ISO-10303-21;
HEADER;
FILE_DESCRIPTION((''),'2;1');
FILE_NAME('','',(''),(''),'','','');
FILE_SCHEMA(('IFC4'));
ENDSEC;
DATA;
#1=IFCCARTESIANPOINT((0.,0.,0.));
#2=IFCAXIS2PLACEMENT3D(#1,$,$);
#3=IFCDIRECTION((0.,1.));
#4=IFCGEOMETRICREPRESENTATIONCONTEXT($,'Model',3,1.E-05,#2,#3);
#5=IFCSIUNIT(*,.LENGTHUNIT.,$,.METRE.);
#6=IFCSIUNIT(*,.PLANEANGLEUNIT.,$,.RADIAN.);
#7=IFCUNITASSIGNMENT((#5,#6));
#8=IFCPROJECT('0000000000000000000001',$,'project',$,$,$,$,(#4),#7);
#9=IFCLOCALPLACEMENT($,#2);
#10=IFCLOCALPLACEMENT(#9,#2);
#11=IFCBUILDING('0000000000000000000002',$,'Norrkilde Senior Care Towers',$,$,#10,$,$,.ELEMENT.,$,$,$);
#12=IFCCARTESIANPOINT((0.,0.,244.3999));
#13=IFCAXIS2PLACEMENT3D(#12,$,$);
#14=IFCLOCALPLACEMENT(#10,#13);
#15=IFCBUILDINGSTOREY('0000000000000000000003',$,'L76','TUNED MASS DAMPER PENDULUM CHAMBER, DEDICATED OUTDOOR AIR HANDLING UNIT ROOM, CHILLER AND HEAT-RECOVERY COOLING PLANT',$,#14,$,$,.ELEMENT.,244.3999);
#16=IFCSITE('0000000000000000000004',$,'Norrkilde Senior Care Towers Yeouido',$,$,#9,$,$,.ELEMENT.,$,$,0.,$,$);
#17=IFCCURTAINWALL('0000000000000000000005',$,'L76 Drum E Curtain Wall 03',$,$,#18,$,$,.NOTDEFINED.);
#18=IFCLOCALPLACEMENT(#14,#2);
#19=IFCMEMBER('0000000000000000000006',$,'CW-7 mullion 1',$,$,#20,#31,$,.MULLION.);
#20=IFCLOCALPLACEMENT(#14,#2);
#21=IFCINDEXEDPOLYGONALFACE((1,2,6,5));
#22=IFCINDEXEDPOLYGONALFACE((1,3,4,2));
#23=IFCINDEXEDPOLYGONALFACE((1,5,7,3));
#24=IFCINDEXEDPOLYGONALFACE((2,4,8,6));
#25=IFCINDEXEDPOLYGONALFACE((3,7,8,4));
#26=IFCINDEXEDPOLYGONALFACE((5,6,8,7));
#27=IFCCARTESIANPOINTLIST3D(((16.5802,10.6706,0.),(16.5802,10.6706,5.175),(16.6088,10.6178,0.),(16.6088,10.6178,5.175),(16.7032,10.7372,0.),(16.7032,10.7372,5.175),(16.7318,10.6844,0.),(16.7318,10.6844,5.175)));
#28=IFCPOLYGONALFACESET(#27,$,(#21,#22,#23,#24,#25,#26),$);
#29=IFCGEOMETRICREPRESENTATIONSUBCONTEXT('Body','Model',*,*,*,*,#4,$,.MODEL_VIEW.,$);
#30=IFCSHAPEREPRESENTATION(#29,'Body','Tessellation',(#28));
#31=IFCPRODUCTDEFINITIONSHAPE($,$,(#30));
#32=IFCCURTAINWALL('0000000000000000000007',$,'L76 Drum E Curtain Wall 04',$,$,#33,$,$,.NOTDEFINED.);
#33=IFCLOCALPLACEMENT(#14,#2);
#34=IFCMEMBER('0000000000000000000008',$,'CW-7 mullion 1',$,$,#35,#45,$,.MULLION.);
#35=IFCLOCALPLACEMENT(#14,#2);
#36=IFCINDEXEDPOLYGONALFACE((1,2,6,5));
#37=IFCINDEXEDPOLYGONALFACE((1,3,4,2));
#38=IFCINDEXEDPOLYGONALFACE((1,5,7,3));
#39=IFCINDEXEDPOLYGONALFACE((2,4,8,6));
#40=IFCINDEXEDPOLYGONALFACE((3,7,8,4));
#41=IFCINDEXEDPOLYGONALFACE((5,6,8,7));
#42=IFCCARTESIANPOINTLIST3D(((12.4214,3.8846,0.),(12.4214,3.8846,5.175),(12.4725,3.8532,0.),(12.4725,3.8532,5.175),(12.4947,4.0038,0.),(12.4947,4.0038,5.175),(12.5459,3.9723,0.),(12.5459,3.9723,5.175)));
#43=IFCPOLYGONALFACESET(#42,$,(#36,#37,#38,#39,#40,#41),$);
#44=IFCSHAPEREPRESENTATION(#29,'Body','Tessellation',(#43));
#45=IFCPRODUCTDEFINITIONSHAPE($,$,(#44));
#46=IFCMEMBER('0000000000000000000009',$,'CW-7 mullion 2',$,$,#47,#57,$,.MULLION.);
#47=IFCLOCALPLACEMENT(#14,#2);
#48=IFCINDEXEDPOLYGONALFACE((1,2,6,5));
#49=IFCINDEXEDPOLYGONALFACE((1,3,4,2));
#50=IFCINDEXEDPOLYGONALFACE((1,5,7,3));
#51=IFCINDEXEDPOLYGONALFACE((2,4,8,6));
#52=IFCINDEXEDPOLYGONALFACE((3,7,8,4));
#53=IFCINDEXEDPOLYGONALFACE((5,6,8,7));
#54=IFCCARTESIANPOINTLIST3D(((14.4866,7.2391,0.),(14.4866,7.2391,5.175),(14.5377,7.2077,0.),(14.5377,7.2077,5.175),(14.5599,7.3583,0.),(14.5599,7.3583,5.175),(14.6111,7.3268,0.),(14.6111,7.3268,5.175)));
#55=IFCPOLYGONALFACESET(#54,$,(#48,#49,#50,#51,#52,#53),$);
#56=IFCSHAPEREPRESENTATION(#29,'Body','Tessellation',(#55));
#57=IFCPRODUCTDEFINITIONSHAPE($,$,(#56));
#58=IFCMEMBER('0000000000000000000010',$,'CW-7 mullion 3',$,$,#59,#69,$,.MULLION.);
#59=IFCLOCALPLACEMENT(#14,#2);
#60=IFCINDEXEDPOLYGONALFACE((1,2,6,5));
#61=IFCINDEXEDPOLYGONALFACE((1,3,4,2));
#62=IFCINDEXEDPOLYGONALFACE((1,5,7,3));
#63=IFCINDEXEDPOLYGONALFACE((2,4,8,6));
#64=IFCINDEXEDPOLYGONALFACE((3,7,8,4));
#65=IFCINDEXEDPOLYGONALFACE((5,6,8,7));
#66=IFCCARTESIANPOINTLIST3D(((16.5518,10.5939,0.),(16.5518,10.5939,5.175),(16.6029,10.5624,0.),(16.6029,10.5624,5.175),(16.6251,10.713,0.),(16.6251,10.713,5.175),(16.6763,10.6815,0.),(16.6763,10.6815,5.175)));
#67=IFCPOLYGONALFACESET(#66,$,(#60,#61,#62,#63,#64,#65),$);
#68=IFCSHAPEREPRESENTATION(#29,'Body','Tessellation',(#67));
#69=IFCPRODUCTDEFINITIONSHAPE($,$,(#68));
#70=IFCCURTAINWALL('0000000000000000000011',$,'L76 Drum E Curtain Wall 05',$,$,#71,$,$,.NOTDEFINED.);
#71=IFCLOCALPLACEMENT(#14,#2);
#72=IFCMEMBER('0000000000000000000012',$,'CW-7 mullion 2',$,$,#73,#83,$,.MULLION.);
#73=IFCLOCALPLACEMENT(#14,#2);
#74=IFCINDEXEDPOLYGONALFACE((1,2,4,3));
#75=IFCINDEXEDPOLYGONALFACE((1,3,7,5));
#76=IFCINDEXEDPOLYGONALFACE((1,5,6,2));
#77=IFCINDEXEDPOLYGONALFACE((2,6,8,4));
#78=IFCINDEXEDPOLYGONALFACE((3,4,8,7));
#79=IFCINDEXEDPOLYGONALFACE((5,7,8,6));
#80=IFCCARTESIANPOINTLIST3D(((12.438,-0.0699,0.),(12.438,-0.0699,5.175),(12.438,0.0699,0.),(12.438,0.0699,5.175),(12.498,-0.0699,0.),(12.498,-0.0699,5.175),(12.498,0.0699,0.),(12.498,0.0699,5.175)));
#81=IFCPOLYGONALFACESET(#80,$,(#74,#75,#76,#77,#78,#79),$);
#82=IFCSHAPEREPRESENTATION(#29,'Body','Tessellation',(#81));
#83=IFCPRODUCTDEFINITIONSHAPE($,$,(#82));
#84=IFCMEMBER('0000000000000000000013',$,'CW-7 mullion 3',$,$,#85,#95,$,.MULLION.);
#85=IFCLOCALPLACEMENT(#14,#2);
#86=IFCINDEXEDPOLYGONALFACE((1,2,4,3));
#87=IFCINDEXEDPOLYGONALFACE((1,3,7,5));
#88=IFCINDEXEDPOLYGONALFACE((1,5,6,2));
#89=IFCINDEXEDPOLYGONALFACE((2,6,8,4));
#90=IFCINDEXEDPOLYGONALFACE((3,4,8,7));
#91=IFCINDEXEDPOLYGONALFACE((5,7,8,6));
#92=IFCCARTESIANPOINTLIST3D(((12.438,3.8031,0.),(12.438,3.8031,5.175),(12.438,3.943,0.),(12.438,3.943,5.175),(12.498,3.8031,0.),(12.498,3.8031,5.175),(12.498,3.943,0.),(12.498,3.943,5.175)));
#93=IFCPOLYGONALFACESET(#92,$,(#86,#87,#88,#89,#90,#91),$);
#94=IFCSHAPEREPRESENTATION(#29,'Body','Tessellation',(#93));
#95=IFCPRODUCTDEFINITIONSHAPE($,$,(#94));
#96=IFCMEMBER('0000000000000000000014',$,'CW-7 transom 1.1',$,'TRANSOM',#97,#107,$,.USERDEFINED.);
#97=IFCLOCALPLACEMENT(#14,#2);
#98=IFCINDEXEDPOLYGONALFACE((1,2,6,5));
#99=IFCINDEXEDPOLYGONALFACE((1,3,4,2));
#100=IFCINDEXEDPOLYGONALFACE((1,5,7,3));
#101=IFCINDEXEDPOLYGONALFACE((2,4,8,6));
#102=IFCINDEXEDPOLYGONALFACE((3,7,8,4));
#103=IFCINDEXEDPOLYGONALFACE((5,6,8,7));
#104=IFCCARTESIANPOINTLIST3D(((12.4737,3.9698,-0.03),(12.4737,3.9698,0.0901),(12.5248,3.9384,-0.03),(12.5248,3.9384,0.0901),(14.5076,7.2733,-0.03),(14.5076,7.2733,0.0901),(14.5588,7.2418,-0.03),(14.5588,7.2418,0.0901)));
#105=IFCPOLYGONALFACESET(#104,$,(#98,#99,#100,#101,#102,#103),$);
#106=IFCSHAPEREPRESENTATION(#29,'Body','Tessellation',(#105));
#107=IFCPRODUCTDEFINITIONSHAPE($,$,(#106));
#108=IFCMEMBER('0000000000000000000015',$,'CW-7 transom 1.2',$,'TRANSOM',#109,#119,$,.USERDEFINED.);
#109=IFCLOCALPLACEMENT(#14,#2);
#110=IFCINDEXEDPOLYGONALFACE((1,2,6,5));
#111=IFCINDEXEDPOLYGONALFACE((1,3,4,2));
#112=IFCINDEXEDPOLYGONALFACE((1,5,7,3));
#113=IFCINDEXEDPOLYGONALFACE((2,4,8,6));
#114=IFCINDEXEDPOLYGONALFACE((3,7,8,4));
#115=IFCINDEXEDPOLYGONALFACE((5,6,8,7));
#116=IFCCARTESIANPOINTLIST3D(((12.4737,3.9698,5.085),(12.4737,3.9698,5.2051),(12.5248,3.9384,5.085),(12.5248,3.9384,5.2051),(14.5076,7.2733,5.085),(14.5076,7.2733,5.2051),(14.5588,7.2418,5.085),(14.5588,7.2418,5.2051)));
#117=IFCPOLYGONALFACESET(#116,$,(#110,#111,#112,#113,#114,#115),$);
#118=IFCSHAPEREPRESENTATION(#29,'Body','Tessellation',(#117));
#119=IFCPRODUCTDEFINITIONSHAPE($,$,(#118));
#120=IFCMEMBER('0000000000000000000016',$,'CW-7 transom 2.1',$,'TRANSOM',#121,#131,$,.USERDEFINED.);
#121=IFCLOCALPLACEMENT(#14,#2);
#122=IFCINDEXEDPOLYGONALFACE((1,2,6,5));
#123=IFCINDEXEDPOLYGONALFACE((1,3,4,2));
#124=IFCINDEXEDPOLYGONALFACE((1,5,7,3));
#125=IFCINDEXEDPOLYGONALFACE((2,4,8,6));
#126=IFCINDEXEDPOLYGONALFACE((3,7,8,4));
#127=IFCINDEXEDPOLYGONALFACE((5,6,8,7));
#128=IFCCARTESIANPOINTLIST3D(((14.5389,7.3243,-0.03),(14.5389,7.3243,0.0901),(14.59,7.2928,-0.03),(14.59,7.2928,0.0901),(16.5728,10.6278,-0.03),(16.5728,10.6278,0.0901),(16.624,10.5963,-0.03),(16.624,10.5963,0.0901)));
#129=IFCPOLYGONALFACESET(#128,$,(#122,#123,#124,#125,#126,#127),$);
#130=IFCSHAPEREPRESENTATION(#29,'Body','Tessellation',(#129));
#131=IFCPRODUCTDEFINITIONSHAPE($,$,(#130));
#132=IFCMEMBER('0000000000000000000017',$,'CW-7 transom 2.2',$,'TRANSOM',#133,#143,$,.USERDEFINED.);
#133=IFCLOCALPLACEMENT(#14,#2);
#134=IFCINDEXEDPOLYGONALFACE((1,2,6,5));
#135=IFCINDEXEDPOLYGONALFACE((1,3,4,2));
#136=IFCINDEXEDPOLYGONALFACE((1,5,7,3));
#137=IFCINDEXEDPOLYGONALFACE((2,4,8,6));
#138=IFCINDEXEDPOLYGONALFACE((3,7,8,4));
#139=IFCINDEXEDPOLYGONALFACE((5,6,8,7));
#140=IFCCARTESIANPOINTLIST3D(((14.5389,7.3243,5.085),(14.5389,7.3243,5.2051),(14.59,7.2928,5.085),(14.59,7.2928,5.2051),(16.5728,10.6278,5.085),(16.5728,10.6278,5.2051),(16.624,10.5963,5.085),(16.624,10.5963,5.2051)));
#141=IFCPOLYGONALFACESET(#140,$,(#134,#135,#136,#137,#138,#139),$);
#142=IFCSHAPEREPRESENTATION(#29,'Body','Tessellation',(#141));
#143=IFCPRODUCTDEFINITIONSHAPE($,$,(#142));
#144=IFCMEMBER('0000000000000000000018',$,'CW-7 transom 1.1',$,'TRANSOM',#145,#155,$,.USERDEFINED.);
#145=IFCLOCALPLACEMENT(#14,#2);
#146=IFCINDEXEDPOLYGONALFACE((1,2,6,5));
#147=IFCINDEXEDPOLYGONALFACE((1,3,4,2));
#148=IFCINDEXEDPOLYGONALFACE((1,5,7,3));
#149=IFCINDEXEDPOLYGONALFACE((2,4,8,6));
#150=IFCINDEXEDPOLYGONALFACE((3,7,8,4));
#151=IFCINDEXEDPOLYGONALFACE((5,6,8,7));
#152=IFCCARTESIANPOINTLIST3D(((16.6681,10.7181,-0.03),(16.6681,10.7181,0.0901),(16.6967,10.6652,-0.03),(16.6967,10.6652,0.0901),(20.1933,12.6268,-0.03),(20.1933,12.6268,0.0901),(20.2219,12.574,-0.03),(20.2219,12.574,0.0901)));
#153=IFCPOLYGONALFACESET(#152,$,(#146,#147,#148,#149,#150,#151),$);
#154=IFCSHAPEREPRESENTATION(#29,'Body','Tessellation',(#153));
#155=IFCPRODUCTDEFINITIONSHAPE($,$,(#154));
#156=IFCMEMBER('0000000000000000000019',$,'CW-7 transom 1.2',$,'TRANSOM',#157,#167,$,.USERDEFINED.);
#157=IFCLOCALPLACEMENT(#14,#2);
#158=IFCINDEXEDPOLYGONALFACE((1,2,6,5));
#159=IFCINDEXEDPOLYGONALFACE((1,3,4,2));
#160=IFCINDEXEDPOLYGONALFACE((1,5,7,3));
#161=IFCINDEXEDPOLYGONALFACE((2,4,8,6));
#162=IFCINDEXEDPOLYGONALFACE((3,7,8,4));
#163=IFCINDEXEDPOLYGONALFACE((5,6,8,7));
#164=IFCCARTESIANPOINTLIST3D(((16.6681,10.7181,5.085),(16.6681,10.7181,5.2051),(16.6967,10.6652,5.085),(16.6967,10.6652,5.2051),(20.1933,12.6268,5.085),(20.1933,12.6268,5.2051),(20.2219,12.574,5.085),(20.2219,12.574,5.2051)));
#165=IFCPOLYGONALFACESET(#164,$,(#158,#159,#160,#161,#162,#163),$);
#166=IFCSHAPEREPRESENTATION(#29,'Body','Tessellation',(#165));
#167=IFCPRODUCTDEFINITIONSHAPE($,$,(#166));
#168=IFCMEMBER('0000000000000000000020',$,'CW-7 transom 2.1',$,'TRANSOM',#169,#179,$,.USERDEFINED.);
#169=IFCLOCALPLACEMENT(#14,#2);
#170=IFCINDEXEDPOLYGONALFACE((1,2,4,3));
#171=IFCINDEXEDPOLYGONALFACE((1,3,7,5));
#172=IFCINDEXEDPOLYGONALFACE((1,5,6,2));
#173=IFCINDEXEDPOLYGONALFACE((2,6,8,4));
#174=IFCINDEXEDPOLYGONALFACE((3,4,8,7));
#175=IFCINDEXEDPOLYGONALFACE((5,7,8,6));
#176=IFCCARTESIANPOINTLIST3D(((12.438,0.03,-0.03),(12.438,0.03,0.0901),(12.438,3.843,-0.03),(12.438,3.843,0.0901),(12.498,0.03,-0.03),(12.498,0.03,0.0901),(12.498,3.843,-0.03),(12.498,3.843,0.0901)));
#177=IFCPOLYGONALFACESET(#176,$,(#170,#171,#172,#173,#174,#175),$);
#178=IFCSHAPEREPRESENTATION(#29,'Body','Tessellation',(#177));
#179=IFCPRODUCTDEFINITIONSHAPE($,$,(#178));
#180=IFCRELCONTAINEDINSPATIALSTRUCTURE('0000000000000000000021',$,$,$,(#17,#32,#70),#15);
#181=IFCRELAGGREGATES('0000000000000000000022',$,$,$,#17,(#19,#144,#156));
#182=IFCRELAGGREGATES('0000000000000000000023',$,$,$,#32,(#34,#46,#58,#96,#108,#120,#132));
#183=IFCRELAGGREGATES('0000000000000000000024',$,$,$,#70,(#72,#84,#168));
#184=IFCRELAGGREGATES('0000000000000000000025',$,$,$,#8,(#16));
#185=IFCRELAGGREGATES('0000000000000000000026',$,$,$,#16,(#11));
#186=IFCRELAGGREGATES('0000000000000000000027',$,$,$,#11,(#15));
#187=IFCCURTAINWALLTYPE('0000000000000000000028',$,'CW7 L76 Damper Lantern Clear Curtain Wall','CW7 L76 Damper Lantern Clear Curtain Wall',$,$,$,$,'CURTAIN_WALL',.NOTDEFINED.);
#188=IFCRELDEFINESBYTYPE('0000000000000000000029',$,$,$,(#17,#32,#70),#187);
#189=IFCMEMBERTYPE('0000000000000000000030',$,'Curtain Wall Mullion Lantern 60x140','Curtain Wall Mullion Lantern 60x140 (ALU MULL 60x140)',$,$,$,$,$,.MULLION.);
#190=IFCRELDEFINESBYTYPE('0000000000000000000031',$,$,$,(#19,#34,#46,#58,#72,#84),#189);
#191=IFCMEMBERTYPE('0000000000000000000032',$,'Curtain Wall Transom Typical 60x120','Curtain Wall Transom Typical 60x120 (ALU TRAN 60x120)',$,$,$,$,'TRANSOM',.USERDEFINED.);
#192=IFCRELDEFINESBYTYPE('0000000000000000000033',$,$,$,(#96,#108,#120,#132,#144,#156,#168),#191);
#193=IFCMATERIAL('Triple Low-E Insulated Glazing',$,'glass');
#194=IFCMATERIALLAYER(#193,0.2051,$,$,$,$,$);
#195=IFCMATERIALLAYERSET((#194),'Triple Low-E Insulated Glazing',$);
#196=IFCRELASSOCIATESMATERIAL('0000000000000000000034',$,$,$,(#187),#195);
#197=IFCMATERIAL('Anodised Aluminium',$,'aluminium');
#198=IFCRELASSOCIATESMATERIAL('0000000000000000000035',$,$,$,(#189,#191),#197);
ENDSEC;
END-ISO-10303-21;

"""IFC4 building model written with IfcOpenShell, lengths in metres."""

from ifc_helpers import new_model, si_unit, direction, frame, origin, origin_2d, place, context, subcontext, project, spatial, rectangle, extrude, source, transform, mapped, material, layer, layer_set, material_profile, profile_set, type_object, type_shapes, element, aggregate, save


model = new_model("IFC4")

# Units and contexts
model_context = context("Model", 3, precision=1e-05, world=origin(), true_north=direction((0.0, 1.0)))
body_context = subcontext(model_context, "Body", "Model", "MODEL_VIEW")
ifc_project = project(units=[si_unit("LENGTHUNIT", "METRE"), si_unit("PLANEANGLEUNIT", "RADIAN")], contexts=[model_context])

# Site, building, storey
site_placement = place(None, origin())
site = spatial("IfcSite", under=ifc_project, at=site_placement, Name="Norrkilde Senior Care Towers Yeouido", CompositionType="ELEMENT", RefElevation=0.0)
building_placement = place(site_placement, origin())
building = spatial("IfcBuilding", under=site, at=building_placement, Name="Norrkilde Senior Care Towers", CompositionType="ELEMENT")
storey_placement = place(building_placement, frame((0.0, 0.0, 244.3999)))
storey = spatial("IfcBuildingStorey", under=building, at=storey_placement, Name="L76", Description="TUNED MASS DAMPER PENDULUM CHAMBER, DEDICATED OUTDOOR AIR HANDLING UNIT ROOM, CHILLER AND HEAT-RECOVERY COOLING PLANT", CompositionType="ELEMENT", Elevation=244.3999)

# Curtain wall, member
ifc_material_1 = material(Name="Triple Low-E Insulated Glazing", Category="glass")
ifc_layer_1 = layer(ifc_material_1, 0.2051)
ifc_layer_set_1 = layer_set([ifc_layer_1], Name="Triple Low-E Insulated Glazing")
curtain_wall_type = type_object("IfcCurtainWallType", Name="CW7 L76 Damper Lantern Clear Curtain Wall", Description="CW7 L76 Damper Lantern Clear Curtain Wall", ElementType="CURTAIN_WALL", PredefinedType="NOTDEFINED", material=ifc_layer_set_1)
curtain_wall_1_placement = place(storey_placement, origin())
curtain_wall_1 = element("IfcCurtainWall", 1, at=curtain_wall_1_placement, inside=storey, type_object=curtain_wall_type, Name="L76 Drum E Curtain Wall 03", PredefinedType="NOTDEFINED")
ifc_material_2 = material(Name="Anodised Aluminium", Category="aluminium")
ifc_material_profile_1 = material_profile(ifc_material_2, rectangle(XDim=0.0601, YDim=0.1399, at=origin_2d()), Name="ALU MULL 60x140")
ifc_profile_set_1 = profile_set([ifc_material_profile_1], Name="Anodised Aluminium")
member_type_1 = type_object("IfcMemberType", Name="Curtain Wall Mullion Lantern 60x140", Description="Curtain Wall Mullion Lantern 60x140 (ALU MULL 60x140)", PredefinedType="MULLION", material=ifc_profile_set_1)
shared_shape_1 = source(origin(), body_context, "Body", "SweptSolid", [
    extrude(rectangle(XDim=0.0601, YDim=0.1399, at=origin_2d()), origin(), (0.0, 0.0, 1.0), 5.175),
])
type_shapes(member_type_1, [shared_shape_1])
member_1_placement = place(storey_placement, frame((16.656, 10.6775, 0.0), z_axis=(0.0, 0.0, 1.0), x_axis=(-0.476133, 0.879373, 0.0)))
member_1 = element("IfcMember", 2, at=member_1_placement, type_object=member_type_1, Name="CW-7 mullion 1", PredefinedType="MULLION", context=body_context, shape_type="MappedRepresentation", body=[
    mapped(shared_shape_1, transform((0.0, 0.0, 0.0), x_axis=(1.0, 0.0, 0.0), y_axis=(0.0, 1.0, 0.0), z_axis=(0.0, 0.0, 1.0), scale=1.0)),
])

# Curtain walls, members
curtain_wall_2_placement = place(storey_placement, origin())
curtain_wall_2 = element("IfcCurtainWall", 3, at=curtain_wall_2_placement, inside=storey, type_object=curtain_wall_type, Name="L76 Drum E Curtain Wall 04", PredefinedType="NOTDEFINED")
member_2_placement = place(storey_placement, frame((12.4836, 3.9285, 0.0), z_axis=(0.0, 0.0, 1.0), x_axis=(-0.851563, 0.524253, 0.0)))
member_2 = element("IfcMember", 4, at=member_2_placement, type_object=member_type_1, Name="CW-7 mullion 1", PredefinedType="MULLION", context=body_context, shape_type="MappedRepresentation", body=[
    mapped(shared_shape_1, transform((0.0, 0.0, 0.0), x_axis=(1.0, 0.0, 0.0), y_axis=(0.0, 1.0, 0.0), z_axis=(0.0, 0.0, 1.0), scale=1.0)),
])
member_3_placement = place(storey_placement, frame((14.5488, 7.283, 0.0), z_axis=(0.0, 0.0, 1.0), x_axis=(-0.851563, 0.524253, 0.0)))
member_3 = element("IfcMember", 5, at=member_3_placement, type_object=member_type_1, Name="CW-7 mullion 2", PredefinedType="MULLION", context=body_context, shape_type="MappedRepresentation", body=[
    mapped(shared_shape_1, transform((0.0, 0.0, 0.0), x_axis=(1.0, 0.0, 0.0), y_axis=(0.0, 1.0, 0.0), z_axis=(0.0, 0.0, 1.0), scale=1.0)),
])
member_4_placement = place(storey_placement, frame((16.614, 10.6377, 0.0), z_axis=(0.0, 0.0, 1.0), x_axis=(-0.851563, 0.524253, 0.0)))
member_4 = element("IfcMember", 6, at=member_4_placement, type_object=member_type_1, Name="CW-7 mullion 3", PredefinedType="MULLION", context=body_context, shape_type="MappedRepresentation", body=[
    mapped(shared_shape_1, transform((0.0, 0.0, 0.0), x_axis=(1.0, 0.0, 0.0), y_axis=(0.0, 1.0, 0.0), z_axis=(0.0, 0.0, 1.0), scale=1.0)),
])
curtain_wall_3_placement = place(storey_placement, origin())
curtain_wall_3 = element("IfcCurtainWall", 7, at=curtain_wall_3_placement, inside=storey, type_object=curtain_wall_type, Name="L76 Drum E Curtain Wall 05", PredefinedType="NOTDEFINED")
member_5_placement = place(storey_placement, frame((12.468, 0.0, 0.0), z_axis=(0.0, 0.0, 1.0), x_axis=(-1.0, 0.0, 0.0)))
member_5 = element("IfcMember", 8, at=member_5_placement, type_object=member_type_1, Name="CW-7 mullion 2", PredefinedType="MULLION", context=body_context, shape_type="MappedRepresentation", body=[
    mapped(shared_shape_1, transform((0.0, 0.0, 0.0), x_axis=(1.0, 0.0, 0.0), y_axis=(0.0, 1.0, 0.0), z_axis=(0.0, 0.0, 1.0), scale=1.0)),
])
member_6_placement = place(storey_placement, frame((12.468, 3.873, 0.0), z_axis=(0.0, 0.0, 1.0), x_axis=(-1.0, 0.0, 0.0)))
member_6 = element("IfcMember", 9, at=member_6_placement, type_object=member_type_1, Name="CW-7 mullion 3", PredefinedType="MULLION", context=body_context, shape_type="MappedRepresentation", body=[
    mapped(shared_shape_1, transform((0.0, 0.0, 0.0), x_axis=(1.0, 0.0, 0.0), y_axis=(0.0, 1.0, 0.0), z_axis=(0.0, 0.0, 1.0), scale=1.0)),
])

# Members
ifc_material_profile_2 = material_profile(ifc_material_2, rectangle(XDim=0.0601, YDim=0.1201, at=origin_2d()), Name="ALU TRAN 60x120")
ifc_profile_set_2 = profile_set([ifc_material_profile_2], Name="Anodised Aluminium")
member_type_2 = type_object("IfcMemberType", Name="Curtain Wall Transom Typical 60x120", Description="Curtain Wall Transom Typical 60x120 (ALU TRAN 60x120)", ElementType="TRANSOM", PredefinedType="USERDEFINED", material=ifc_profile_set_2)
shared_shape_2 = source(origin(), body_context, "Body", "SweptSolid", [
    extrude(rectangle(XDim=0.0601, YDim=0.1201, at=origin_2d()), origin(), (0.0, 0.0, 1.0), 3.8794),
])
member_7_placement = place(storey_placement, frame((12.4993, 3.9541, 0.03), z_axis=(0.524291, 0.851539, 0.0), x_axis=(-0.851539, 0.524291, 0.0)))
member_7 = element("IfcMember", 10, at=member_7_placement, type_object=member_type_2, Name="CW-7 transom 1.1", ObjectType="TRANSOM", PredefinedType="USERDEFINED", context=body_context, shape_type="MappedRepresentation", body=[
    mapped(shared_shape_2, transform((0.0, 0.0, 0.0), x_axis=(1.0, 0.0, 0.0), y_axis=(0.0, 1.0, 0.0), z_axis=(0.0, 0.0, 1.0), scale=1.0)),
])
member_8_placement = place(storey_placement, frame((12.4993, 3.9541, 5.145), z_axis=(0.524291, 0.851539, 0.0), x_axis=(-0.851539, 0.524291, 0.0)))
member_8 = element("IfcMember", 11, at=member_8_placement, type_object=member_type_2, Name="CW-7 transom 1.2", ObjectType="TRANSOM", PredefinedType="USERDEFINED", context=body_context, shape_type="MappedRepresentation", body=[
    mapped(shared_shape_2, transform((0.0, 0.0, 0.0), x_axis=(1.0, 0.0, 0.0), y_axis=(0.0, 1.0, 0.0), z_axis=(0.0, 0.0, 1.0), scale=1.0)),
])
member_9_placement = place(storey_placement, frame((14.5645, 7.3086, 0.03), z_axis=(0.524291, 0.851539, 0.0), x_axis=(-0.851539, 0.524291, 0.0)))
member_9 = element("IfcMember", 12, at=member_9_placement, type_object=member_type_2, Name="CW-7 transom 2.1", ObjectType="TRANSOM", PredefinedType="USERDEFINED", context=body_context, shape_type="MappedRepresentation", body=[
    mapped(shared_shape_2, transform((0.0, 0.0, 0.0), x_axis=(1.0, 0.0, 0.0), y_axis=(0.0, 1.0, 0.0), z_axis=(0.0, 0.0, 1.0), scale=1.0)),
])
member_10_placement = place(storey_placement, frame((14.5645, 7.3086, 5.145), z_axis=(0.524291, 0.851539, 0.0), x_axis=(-0.851539, 0.524291, 0.0)))
member_10 = element("IfcMember", 13, at=member_10_placement, type_object=member_type_2, Name="CW-7 transom 2.2", ObjectType="TRANSOM", PredefinedType="USERDEFINED", context=body_context, shape_type="MappedRepresentation", body=[
    mapped(shared_shape_2, transform((0.0, 0.0, 0.0), x_axis=(1.0, 0.0, 0.0), y_axis=(0.0, 1.0, 0.0), z_axis=(0.0, 0.0, 1.0), scale=1.0)),
])
shared_shape_3 = source(origin(), body_context, "Body", "SweptSolid", [
    extrude(rectangle(XDim=0.0601, YDim=0.1201, at=origin_2d()), origin(), (0.0, 0.0, 1.0), 4.0088),
])
member_11_placement = place(storey_placement, frame((16.6824, 10.6917, 0.03), z_axis=(0.879372, 0.476136, 0.0), x_axis=(-0.476136, 0.879372, 0.0)))
member_11 = element("IfcMember", 14, at=member_11_placement, type_object=member_type_2, Name="CW-7 transom 1.1", ObjectType="TRANSOM", PredefinedType="USERDEFINED", context=body_context, shape_type="MappedRepresentation", body=[
    mapped(shared_shape_3, transform((0.0, 0.0, 0.0), x_axis=(1.0, 0.0, 0.0), y_axis=(0.0, 1.0, 0.0), z_axis=(0.0, 0.0, 1.0), scale=1.0)),
])
member_12_placement = place(storey_placement, frame((16.6824, 10.6917, 5.145), z_axis=(0.879372, 0.476136, 0.0), x_axis=(-0.476136, 0.879372, 0.0)))
member_12 = element("IfcMember", 15, at=member_12_placement, type_object=member_type_2, Name="CW-7 transom 1.2", ObjectType="TRANSOM", PredefinedType="USERDEFINED", context=body_context, shape_type="MappedRepresentation", body=[
    mapped(shared_shape_3, transform((0.0, 0.0, 0.0), x_axis=(1.0, 0.0, 0.0), y_axis=(0.0, 1.0, 0.0), z_axis=(0.0, 0.0, 1.0), scale=1.0)),
])
aggregate(curtain_wall_1, [member_1, member_11, member_12])
shared_shape_4 = source(origin(), body_context, "Body", "SweptSolid", [
    extrude(rectangle(XDim=0.0601, YDim=0.1201, at=origin_2d()), origin(), (0.0, 0.0, 1.0), 3.813),
])
type_shapes(member_type_2, [shared_shape_2, shared_shape_3, shared_shape_4])
member_13_placement = place(storey_placement, frame((12.468, 0.03, 0.03), z_axis=(0.0, 1.0, 0.0), x_axis=(-1.0, 0.0, 0.0)))
member_13 = element("IfcMember", 16, at=member_13_placement, type_object=member_type_2, Name="CW-7 transom 2.1", ObjectType="TRANSOM", PredefinedType="USERDEFINED", context=body_context, shape_type="MappedRepresentation", body=[
    mapped(shared_shape_4, transform((0.0, 0.0, 0.0), x_axis=(1.0, 0.0, 0.0), y_axis=(0.0, 1.0, 0.0), z_axis=(0.0, 0.0, 1.0), scale=1.0)),
])

aggregate(curtain_wall_2, [member_2, member_3, member_4, member_7, member_8, member_9, member_10])
aggregate(curtain_wall_3, [member_5, member_6, member_13])

save(model, "model.ifc")
